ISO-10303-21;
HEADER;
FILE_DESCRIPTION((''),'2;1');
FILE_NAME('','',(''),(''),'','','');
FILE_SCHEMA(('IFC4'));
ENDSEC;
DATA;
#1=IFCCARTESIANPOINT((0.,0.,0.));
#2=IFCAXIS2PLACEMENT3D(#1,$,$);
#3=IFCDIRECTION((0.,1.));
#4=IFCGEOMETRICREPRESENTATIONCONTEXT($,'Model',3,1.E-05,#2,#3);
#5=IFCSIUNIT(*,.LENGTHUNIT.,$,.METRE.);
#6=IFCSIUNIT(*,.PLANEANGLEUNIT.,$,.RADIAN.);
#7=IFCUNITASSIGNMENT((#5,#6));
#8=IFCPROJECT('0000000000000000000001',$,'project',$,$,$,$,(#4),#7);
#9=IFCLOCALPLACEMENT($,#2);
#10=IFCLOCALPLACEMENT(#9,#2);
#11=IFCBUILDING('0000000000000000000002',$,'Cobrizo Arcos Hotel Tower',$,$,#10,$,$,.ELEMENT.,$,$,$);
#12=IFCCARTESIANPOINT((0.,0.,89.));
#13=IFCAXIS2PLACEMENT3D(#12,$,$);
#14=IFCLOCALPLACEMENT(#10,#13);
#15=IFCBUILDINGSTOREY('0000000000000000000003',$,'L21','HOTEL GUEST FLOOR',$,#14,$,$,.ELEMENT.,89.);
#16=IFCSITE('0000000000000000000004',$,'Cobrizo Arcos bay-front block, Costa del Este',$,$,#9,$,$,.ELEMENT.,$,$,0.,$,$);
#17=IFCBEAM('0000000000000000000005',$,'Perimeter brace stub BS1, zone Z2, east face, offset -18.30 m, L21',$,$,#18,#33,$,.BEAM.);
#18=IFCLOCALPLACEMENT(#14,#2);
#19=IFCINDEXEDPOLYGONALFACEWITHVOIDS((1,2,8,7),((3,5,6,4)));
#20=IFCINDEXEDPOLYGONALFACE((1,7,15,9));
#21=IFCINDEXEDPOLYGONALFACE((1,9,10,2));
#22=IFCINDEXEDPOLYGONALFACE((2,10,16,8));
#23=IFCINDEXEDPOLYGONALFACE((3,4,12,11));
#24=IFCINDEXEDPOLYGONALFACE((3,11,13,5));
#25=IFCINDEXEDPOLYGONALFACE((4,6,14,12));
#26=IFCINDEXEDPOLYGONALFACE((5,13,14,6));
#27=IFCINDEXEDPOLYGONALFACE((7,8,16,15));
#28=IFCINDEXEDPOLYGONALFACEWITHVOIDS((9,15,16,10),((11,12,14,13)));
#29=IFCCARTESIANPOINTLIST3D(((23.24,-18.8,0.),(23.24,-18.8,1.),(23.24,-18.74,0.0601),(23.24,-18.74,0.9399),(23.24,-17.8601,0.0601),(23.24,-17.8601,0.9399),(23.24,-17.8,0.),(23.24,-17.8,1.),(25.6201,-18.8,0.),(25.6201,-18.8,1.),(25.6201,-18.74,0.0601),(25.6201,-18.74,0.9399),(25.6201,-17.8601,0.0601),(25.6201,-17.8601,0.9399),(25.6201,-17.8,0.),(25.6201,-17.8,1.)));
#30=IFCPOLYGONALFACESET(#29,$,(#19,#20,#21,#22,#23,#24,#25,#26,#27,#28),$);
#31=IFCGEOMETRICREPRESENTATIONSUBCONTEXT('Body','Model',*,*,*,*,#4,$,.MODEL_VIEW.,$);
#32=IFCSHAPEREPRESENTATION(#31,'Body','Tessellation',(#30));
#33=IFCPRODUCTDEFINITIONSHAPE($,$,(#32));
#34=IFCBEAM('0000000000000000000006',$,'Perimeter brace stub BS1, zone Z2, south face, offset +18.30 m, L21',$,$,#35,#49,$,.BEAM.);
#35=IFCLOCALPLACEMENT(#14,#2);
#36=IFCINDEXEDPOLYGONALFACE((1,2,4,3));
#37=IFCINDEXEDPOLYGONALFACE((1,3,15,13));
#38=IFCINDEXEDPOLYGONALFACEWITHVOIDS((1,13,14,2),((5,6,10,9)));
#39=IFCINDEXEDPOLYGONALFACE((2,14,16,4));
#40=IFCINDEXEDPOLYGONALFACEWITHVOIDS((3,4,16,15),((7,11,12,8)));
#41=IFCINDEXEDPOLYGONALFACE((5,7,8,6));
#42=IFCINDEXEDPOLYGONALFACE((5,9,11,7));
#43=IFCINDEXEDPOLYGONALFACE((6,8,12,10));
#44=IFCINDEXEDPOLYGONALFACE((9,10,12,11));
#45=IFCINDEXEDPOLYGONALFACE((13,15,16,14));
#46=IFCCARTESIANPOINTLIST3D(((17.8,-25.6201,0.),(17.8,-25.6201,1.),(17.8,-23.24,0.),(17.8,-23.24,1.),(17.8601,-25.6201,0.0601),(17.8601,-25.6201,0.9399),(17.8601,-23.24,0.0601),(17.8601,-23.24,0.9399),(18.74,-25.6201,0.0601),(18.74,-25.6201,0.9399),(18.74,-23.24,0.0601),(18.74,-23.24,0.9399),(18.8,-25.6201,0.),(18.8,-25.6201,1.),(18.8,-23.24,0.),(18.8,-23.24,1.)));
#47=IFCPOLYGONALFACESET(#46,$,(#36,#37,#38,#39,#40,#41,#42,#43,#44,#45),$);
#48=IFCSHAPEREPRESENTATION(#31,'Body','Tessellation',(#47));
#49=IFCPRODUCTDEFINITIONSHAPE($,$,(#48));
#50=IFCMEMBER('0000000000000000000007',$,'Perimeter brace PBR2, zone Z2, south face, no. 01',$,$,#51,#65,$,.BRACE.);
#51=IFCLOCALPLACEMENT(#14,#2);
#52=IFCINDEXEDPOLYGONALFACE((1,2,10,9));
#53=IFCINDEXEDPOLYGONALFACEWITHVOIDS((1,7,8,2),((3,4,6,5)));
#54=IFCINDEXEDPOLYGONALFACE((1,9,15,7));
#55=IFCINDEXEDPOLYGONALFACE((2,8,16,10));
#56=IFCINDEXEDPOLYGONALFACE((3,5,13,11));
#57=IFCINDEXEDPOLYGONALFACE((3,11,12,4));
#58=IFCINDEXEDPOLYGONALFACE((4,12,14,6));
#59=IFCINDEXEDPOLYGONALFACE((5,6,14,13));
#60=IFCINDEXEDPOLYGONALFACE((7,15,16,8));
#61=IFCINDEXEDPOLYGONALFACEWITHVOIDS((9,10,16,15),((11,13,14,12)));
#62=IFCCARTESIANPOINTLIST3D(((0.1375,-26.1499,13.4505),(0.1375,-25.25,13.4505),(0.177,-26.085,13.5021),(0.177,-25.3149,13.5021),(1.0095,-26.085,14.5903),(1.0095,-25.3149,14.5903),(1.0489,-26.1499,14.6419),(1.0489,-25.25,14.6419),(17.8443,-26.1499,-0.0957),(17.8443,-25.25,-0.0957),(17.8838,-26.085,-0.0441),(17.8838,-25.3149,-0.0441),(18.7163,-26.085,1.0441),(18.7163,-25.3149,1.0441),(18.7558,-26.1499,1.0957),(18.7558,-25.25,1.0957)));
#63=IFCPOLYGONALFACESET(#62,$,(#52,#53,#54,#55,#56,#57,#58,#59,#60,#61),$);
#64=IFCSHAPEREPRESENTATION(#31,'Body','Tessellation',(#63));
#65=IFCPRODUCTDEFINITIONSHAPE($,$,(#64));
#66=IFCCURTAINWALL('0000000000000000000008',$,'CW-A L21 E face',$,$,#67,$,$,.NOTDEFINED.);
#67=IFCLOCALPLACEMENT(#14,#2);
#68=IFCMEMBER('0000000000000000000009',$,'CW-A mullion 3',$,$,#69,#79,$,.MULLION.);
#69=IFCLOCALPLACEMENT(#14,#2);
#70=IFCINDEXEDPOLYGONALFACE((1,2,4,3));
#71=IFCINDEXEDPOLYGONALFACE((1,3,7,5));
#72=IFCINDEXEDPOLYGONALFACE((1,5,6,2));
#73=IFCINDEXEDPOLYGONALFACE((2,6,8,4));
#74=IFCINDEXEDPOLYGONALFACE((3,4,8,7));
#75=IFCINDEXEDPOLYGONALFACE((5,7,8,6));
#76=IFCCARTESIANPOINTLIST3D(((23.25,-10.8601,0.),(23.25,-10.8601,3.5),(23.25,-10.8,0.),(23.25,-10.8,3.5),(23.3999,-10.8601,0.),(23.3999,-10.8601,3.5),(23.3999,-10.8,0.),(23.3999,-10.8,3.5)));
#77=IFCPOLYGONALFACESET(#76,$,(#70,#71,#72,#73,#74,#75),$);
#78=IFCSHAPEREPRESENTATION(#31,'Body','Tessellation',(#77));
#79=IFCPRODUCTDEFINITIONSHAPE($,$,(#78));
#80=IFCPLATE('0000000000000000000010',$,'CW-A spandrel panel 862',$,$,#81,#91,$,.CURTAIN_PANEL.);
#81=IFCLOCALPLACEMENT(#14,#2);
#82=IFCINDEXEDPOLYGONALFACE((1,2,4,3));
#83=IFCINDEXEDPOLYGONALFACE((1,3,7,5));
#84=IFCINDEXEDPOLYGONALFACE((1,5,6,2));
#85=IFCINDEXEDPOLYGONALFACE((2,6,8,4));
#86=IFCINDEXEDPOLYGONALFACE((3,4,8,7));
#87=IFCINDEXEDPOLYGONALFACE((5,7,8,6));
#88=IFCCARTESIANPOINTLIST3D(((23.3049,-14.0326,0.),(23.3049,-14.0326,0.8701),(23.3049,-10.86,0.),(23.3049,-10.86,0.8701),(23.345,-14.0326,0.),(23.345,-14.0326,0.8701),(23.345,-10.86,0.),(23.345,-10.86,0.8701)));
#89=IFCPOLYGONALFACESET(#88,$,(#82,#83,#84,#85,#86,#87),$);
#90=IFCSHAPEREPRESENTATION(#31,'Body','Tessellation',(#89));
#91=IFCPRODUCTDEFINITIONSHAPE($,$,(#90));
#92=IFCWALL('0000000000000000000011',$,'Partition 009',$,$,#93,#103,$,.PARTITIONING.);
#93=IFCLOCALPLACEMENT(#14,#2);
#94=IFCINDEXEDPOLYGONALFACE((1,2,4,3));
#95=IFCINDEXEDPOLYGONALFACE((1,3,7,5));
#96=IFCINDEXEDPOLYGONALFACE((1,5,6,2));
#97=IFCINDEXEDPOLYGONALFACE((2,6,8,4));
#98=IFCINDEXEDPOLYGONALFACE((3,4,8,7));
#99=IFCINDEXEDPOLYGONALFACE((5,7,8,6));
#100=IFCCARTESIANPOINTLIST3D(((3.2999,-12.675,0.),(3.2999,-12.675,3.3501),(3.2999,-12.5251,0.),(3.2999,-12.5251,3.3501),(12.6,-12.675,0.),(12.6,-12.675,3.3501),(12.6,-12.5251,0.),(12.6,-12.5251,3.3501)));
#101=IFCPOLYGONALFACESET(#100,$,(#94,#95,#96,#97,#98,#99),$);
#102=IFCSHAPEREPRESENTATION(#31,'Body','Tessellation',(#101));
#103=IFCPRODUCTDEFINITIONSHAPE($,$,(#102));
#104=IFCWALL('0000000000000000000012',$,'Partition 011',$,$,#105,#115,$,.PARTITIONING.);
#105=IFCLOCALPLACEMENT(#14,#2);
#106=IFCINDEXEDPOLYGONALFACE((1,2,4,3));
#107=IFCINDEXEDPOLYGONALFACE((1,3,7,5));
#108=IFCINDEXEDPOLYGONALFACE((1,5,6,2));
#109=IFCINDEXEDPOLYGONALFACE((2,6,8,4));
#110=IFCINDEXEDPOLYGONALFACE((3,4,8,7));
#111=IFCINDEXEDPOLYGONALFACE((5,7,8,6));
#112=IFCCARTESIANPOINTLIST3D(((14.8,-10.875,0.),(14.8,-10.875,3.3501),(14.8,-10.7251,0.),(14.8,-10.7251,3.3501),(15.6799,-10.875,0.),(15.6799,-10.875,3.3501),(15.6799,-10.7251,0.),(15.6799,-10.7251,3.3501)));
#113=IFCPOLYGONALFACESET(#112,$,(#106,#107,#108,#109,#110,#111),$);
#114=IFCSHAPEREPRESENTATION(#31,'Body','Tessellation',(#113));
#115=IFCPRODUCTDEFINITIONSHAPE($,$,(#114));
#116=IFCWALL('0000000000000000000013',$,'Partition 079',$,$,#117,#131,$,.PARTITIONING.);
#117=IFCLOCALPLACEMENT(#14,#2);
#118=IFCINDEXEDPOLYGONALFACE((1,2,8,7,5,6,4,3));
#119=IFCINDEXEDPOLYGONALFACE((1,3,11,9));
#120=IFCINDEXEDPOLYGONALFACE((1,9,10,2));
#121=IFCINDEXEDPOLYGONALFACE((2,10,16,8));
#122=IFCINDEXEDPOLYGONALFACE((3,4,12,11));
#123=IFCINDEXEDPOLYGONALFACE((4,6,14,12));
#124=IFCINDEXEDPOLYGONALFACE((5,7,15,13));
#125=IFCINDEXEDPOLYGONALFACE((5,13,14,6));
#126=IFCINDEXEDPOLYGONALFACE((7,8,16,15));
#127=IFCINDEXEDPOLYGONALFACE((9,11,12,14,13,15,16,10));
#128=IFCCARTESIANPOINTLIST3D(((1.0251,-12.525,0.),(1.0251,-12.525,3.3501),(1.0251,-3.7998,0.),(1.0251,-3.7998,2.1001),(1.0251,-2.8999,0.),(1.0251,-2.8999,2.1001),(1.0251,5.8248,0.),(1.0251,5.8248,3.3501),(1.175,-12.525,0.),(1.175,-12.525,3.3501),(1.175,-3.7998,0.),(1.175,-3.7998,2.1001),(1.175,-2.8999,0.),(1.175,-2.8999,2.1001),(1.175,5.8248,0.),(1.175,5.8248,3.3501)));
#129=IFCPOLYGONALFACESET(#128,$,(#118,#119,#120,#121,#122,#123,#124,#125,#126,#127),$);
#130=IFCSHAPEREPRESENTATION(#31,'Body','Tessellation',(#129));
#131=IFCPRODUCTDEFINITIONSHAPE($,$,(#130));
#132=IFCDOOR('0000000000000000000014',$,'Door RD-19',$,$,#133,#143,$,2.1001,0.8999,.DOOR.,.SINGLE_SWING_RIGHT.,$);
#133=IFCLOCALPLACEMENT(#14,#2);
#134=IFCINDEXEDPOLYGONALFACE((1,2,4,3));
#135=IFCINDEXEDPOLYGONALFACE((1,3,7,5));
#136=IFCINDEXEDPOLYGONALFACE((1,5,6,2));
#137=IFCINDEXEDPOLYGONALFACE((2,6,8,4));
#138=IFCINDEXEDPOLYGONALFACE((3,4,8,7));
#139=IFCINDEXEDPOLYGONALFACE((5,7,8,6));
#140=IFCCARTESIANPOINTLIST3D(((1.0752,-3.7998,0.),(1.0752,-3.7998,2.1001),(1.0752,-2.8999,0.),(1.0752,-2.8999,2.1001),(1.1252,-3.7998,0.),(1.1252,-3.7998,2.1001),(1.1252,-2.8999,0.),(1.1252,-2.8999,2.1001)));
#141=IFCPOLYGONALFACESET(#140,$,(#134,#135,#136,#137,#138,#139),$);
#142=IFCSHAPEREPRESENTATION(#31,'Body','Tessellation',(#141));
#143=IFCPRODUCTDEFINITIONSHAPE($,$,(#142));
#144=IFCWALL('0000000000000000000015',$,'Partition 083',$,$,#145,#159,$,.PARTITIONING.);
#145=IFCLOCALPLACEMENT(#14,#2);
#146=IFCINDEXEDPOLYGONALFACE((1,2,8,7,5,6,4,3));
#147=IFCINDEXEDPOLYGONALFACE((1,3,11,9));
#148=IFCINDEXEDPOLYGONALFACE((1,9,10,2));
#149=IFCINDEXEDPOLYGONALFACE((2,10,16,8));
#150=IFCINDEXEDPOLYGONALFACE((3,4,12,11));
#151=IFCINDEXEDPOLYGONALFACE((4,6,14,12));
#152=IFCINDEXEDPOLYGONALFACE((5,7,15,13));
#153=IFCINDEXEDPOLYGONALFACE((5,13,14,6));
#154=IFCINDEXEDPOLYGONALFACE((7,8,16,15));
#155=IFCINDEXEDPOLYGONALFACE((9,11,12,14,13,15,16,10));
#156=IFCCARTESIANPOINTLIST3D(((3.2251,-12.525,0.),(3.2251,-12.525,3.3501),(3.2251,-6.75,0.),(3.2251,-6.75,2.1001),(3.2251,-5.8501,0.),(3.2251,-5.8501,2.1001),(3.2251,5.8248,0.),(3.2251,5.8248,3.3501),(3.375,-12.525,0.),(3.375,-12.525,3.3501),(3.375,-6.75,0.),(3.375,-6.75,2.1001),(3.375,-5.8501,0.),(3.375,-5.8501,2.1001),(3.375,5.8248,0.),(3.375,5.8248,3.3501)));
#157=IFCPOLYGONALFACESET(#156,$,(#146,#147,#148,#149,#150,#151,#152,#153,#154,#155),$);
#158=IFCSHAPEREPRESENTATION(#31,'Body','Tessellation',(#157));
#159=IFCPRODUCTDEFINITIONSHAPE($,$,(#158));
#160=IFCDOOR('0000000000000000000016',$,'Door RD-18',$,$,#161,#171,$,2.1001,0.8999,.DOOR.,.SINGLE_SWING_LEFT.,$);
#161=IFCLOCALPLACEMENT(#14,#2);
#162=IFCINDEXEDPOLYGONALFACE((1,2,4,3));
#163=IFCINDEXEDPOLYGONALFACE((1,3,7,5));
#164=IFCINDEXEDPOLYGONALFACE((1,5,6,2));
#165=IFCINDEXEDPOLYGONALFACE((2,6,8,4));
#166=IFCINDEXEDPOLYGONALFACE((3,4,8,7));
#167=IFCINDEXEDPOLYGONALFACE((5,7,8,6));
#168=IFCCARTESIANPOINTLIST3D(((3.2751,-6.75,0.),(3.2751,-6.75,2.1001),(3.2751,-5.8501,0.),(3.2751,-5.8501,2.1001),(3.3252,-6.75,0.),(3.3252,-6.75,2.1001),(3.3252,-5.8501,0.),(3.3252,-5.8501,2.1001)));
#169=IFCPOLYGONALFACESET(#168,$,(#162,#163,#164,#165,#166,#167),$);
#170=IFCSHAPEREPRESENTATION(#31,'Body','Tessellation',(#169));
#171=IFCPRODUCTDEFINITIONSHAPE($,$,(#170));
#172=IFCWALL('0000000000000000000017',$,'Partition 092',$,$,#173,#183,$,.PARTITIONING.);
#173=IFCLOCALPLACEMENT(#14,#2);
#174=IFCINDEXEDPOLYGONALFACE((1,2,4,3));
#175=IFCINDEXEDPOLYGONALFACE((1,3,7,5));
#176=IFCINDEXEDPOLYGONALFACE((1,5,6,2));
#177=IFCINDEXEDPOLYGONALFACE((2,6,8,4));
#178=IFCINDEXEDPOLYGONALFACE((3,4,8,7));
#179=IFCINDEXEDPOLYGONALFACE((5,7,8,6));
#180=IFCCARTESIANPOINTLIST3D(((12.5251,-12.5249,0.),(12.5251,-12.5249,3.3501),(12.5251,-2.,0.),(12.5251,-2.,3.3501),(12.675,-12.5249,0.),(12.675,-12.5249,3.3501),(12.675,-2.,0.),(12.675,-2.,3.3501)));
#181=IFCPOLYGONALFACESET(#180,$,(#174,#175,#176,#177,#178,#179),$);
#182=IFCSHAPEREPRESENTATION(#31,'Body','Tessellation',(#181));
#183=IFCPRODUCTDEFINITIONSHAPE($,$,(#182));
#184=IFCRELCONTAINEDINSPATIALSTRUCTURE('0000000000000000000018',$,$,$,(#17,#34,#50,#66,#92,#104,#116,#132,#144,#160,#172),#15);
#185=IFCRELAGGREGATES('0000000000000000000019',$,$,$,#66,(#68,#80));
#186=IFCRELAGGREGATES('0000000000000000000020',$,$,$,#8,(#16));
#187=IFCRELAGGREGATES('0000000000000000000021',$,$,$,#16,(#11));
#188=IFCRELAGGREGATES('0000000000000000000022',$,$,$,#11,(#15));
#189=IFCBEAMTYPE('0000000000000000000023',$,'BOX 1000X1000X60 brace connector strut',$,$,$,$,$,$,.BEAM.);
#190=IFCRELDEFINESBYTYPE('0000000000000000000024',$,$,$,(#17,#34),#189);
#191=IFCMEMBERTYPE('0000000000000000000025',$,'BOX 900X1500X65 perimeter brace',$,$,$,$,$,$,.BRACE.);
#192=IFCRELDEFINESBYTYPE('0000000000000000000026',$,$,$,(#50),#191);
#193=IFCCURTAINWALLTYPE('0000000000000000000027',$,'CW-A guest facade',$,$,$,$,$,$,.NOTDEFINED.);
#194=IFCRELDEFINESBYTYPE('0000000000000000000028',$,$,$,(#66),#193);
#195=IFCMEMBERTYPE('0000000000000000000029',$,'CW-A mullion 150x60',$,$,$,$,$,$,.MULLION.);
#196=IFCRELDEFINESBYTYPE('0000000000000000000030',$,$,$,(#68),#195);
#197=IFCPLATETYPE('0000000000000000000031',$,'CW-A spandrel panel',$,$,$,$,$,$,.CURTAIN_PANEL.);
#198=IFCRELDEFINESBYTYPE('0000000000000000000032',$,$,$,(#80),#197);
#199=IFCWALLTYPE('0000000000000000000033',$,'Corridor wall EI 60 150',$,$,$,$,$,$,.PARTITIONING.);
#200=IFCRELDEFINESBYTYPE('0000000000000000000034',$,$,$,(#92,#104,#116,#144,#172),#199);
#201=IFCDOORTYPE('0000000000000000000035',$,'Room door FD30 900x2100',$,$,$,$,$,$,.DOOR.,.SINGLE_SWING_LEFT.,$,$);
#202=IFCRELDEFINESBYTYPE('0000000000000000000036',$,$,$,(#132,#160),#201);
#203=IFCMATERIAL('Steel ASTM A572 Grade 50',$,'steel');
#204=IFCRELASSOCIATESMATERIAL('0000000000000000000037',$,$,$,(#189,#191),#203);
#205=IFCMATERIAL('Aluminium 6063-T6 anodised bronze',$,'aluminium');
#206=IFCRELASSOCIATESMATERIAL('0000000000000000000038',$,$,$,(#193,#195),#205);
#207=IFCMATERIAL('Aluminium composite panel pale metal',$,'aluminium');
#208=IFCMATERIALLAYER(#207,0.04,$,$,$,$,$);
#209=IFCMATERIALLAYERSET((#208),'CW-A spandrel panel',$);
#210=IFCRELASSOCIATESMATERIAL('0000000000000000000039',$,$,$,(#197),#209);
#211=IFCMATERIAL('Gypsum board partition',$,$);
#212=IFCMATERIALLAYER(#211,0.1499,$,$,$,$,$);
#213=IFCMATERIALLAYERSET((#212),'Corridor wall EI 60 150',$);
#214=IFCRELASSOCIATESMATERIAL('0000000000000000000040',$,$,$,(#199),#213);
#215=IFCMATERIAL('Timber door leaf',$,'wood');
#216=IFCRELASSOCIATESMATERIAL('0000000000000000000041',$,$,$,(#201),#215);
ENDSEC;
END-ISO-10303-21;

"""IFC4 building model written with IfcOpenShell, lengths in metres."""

from ifc_helpers import new_model, si_unit, direction, frame, frame_2d, origin, origin_2d, place, context, subcontext, project, spatial, rectangle, hollow_rectangle, extrude, material, layer, layer_set, material_profile, profile_set, type_object, element, fill, aggregate, save


model = new_model("IFC4")

# Units and contexts
model_context = context("Model", 3, precision=1e-05, world=origin(), true_north=direction((0.0, 1.0)))
body_context = subcontext(model_context, "Body", "Model", "MODEL_VIEW")
ifc_project = project(units=[si_unit("LENGTHUNIT", "METRE"), si_unit("PLANEANGLEUNIT", "RADIAN")], contexts=[model_context])

# Site, building, storey
site_placement = place(None, origin())
site = spatial("IfcSite", under=ifc_project, at=site_placement, Name="Cobrizo Arcos bay-front block, Costa del Este", CompositionType="ELEMENT", RefElevation=0.0)
building_placement = place(site_placement, origin())
building = spatial("IfcBuilding", under=site, at=building_placement, Name="Cobrizo Arcos Hotel Tower", CompositionType="ELEMENT")
storey_placement = place(building_placement, frame((0.0, 0.0, 89.0)))
storey = spatial("IfcBuildingStorey", under=building, at=storey_placement, Name="L21", Description="HOTEL GUEST FLOOR", CompositionType="ELEMENT", Elevation=89.0)

# Beams
ifc_material_1 = material(Name="Steel ASTM A572 Grade 50", Category="steel")
ifc_material_profile_1 = material_profile(ifc_material_1, hollow_rectangle(XDim=1.0, YDim=1.0, WallThickness=0.0601, at=origin_2d()), Name="BOX 1000X1000X60")
ifc_profile_set_1 = profile_set([ifc_material_profile_1], Name="Steel ASTM A572 Grade 50")
beam_type = type_object("IfcBeamType", Name="BOX 1000X1000X60 brace connector strut", PredefinedType="BEAM", material=ifc_profile_set_1)
for number, where, z_axis, x_axis, name in (
    (1, (23.24, -18.3, 0.5), (1.0, 0.0, 0.0), (0.0, 1.0, 0.0), "Perimeter brace stub BS1, zone Z2, east face, offset -18.30 m, L21"),
    (2, (18.3, -23.24, 0.5), (0.0, -1.0, 0.0), (1.0, 0.0, 0.0), "Perimeter brace stub BS1, zone Z2, south face, offset +18.30 m, L21"),
):
    element("IfcBeam", number, at=place(storey_placement, frame(where, z_axis=z_axis, x_axis=x_axis)), inside=storey, type_object=beam_type, Name=name, PredefinedType="BEAM", context=body_context, shape_type="SweptSolid", body=[
        extrude(hollow_rectangle(XDim=1.0, YDim=1.0, WallThickness=0.0601, at=origin_2d()), origin(), (0.0, 0.0, 1.0), 2.3801),
    ])

# Member
ifc_material_profile_2 = material_profile(ifc_material_1, hollow_rectangle(XDim=0.8999, YDim=1.5, WallThickness=0.0649, at=origin_2d()), Name="BOX 900X1500X65")
ifc_profile_set_2 = profile_set([ifc_material_profile_2], Name="Steel ASTM A572 Grade 50")
member_type_1 = type_object("IfcMemberType", Name="BOX 900X1500X65 perimeter brace", PredefinedType="BRACE", material=ifc_profile_set_2)
member_1_placement = place(storey_placement, frame((18.3, -25.7, 0.5), z_axis=(-0.794235, 0.0, 0.60761), x_axis=(0.0, -1.0, 0.0)))
element("IfcMember", 3, at=member_1_placement, inside=storey, type_object=member_type_1, Name="Perimeter brace PBR2, zone Z2, south face, no. 01", PredefinedType="BRACE", context=body_context, shape_type="SweptSolid", body=[
    extrude(hollow_rectangle(XDim=0.8999, YDim=1.5, WallThickness=0.0649, at=origin_2d()), origin(), (0.0, 0.0, 1.0), 22.2942),
])

# Curtain wall, member, plate
ifc_material_2 = material(Name="Aluminium 6063-T6 anodised bronze", Category="aluminium")
curtain_wall_type = type_object("IfcCurtainWallType", Name="CW-A guest facade", PredefinedType="NOTDEFINED", material=ifc_material_2)
curtain_wall_placement = place(storey_placement, origin())
curtain_wall = element("IfcCurtainWall", 4, at=curtain_wall_placement, inside=storey, type_object=curtain_wall_type, Name="CW-A L21 E face", PredefinedType="NOTDEFINED")
ifc_material_profile_3 = material_profile(ifc_material_2, rectangle(XDim=0.1499, YDim=0.0601, at=origin_2d()), Name="CW-A mullion 150x60")
ifc_profile_set_3 = profile_set([ifc_material_profile_3], Name="Aluminium 6063-T6 anodised bronze")
member_type_2 = type_object("IfcMemberType", Name="CW-A mullion 150x60", PredefinedType="MULLION", material=ifc_profile_set_3)
member_2_placement = place(storey_placement, frame((23.325, -10.8301, 0.0), z_axis=(0.0, 0.0, 1.0), x_axis=(1.0, 0.0, 0.0)))
member_2 = element("IfcMember", 5, at=member_2_placement, type_object=member_type_2, Name="CW-A mullion 3", PredefinedType="MULLION", context=body_context, shape_type="SweptSolid", body=[
    extrude(rectangle(XDim=0.1499, YDim=0.0601, at=origin_2d()), origin(), (0.0, 0.0, 1.0), 3.5),
])
ifc_material_3 = material(Name="Aluminium composite panel pale metal", Category="aluminium")
ifc_layer_1 = layer(ifc_material_3, 0.04)
ifc_layer_set_1 = layer_set([ifc_layer_1], Name="CW-A spandrel panel")
plate_type = type_object("IfcPlateType", Name="CW-A spandrel panel", PredefinedType="CURTAIN_PANEL", material=ifc_layer_set_1)
plate_placement = place(storey_placement, frame((23.325, -12.4463, 0.0), z_axis=(0.0, 0.0, 1.0), x_axis=(0.0, 1.0, 0.0)))
plate = element("IfcPlate", 6, at=plate_placement, type_object=plate_type, Name="CW-A spandrel panel 862", PredefinedType="CURTAIN_PANEL", context=body_context, shape_type="SweptSolid", body=[
    extrude(rectangle(XDim=3.1726, YDim=0.04, at=origin_2d()), origin(), (0.0, 0.0, 1.0), 0.8701),
])
aggregate(curtain_wall, [member_2, plate])

# Walls
ifc_material_4 = material(Name="Gypsum board partition")
ifc_layer_2 = layer(ifc_material_4, 0.1499)
ifc_layer_set_2 = layer_set([ifc_layer_2], Name="Corridor wall EI 60 150")
wall_type_1 = type_object("IfcWallType", Name="Corridor wall EI 60 150", PredefinedType="PARTITIONING", material=ifc_layer_set_2)
wall_1_placement = place(storey_placement, frame((3.3, -12.6001, 0.0), z_axis=(0.0, 0.0, 1.0), x_axis=(1.0, 0.0, 0.0)))
element("IfcWall", 7, at=wall_1_placement, inside=storey, type_object=wall_type_1, Name="Partition 009", PredefinedType="PARTITIONING", context=body_context, shape_type="SweptSolid", body=[
    extrude(rectangle(XDim=9.3, YDim=0.1499, at=frame_2d((4.6499, 0.0))), origin(), (0.0, 0.0, 1.0), 3.3501),
])
wall_2_placement = place(storey_placement, frame((14.8, -10.8, 0.0), z_axis=(0.0, 0.0, 1.0), x_axis=(1.0, 0.0, 0.0)))
element("IfcWall", 8, at=wall_2_placement, inside=storey, type_object=wall_type_1, Name="Partition 011", PredefinedType="PARTITIONING", context=body_context, shape_type="SweptSolid", body=[
    extrude(rectangle(XDim=0.8799, YDim=0.1499, at=frame_2d((0.4399, 0.0))), origin(), (0.0, 0.0, 1.0), 3.3501),
])

# Walls, openings, doors
wall_3_placement = place(storey_placement, frame((1.1001, -12.5249, 0.0), z_axis=(0.0, 0.0, 1.0), x_axis=(0.0, 1.0, 0.0)))
wall_3 = element("IfcWall", 9, at=wall_3_placement, inside=storey, type_object=wall_type_1, Name="Partition 079", PredefinedType="PARTITIONING", context=body_context, shape_type="SweptSolid", body=[
    extrude(rectangle(XDim=18.3499, YDim=0.1499, at=frame_2d((9.1748, 0.0))), origin(), (0.0, 0.0, 1.0), 3.3501),
])
opening_1_placement = place(wall_3_placement, frame((8.7251, 0.0, 0.0)))
opening_1 = element("IfcOpeningElement", 10, at=opening_1_placement, cuts=wall_3, PredefinedType="OPENING", context=body_context, shape_type="SweptSolid", body=[
    extrude(rectangle(XDim=0.8999, YDim=2.1001, at=frame_2d((0.45, 1.05))), frame((0.0, 0.0869, 0.0), z_axis=(0.0, -1.0, 0.0), x_axis=(1.0, 0.0, 0.0)), (0.0, 0.0, 1.0), 0.1738),
])
ifc_material_5 = material(Name="Timber door leaf", Category="wood")
door_type_1 = type_object("IfcDoorType", Name="Room door FD30 900x2100", OperationType="SINGLE_SWING_LEFT", PredefinedType="DOOR", material=ifc_material_5)
door_1_placement = place(opening_1_placement, origin())
door_1 = element("IfcDoor", 11, at=door_1_placement, inside=storey, type_object=door_type_1, Name="Door RD-19", OperationType="SINGLE_SWING_RIGHT", OverallHeight=2.1001, OverallWidth=0.8999, PredefinedType="DOOR", context=body_context, shape_type="SweptSolid", body=[
    extrude(rectangle(XDim=0.8999, YDim=2.1001, at=frame_2d((0.45, 1.05))), frame((0.0, 0.0249, 0.0), z_axis=(0.0, -1.0, 0.0), x_axis=(1.0, 0.0, 0.0)), (0.0, 0.0, 1.0), 0.05),
])
fill(opening_1, door_1)
wall_4_placement = place(storey_placement, frame((3.3, -12.5249, 0.0), z_axis=(0.0, 0.0, 1.0), x_axis=(0.0, 1.0, 0.0)))
wall_4 = element("IfcWall", 12, at=wall_4_placement, inside=storey, type_object=wall_type_1, Name="Partition 083", PredefinedType="PARTITIONING", context=body_context, shape_type="SweptSolid", body=[
    extrude(rectangle(XDim=18.3499, YDim=0.1499, at=frame_2d((9.1748, 0.0))), origin(), (0.0, 0.0, 1.0), 3.3501),
])
opening_2_placement = place(wall_4_placement, frame((5.7749, 0.0, 0.0)))
opening_2 = element("IfcOpeningElement", 13, at=opening_2_placement, cuts=wall_4, PredefinedType="OPENING", context=body_context, shape_type="SweptSolid", body=[
    extrude(rectangle(XDim=0.8999, YDim=2.1001, at=frame_2d((0.45, 1.05))), frame((0.0, 0.0869, 0.0), z_axis=(0.0, -1.0, 0.0), x_axis=(1.0, 0.0, 0.0)), (0.0, 0.0, 1.0), 0.1738),
])
door_2_placement = place(opening_2_placement, origin())
door_2 = element("IfcDoor", 14, at=door_2_placement, inside=storey, type_object=door_type_1, Name="Door RD-18", OperationType="SINGLE_SWING_LEFT", OverallHeight=2.1001, OverallWidth=0.8999, PredefinedType="DOOR", context=body_context, shape_type="SweptSolid", body=[
    extrude(rectangle(XDim=0.8999, YDim=2.1001, at=frame_2d((0.45, 1.05))), frame((0.0, 0.0249, 0.0), z_axis=(0.0, -1.0, 0.0), x_axis=(1.0, 0.0, 0.0)), (0.0, 0.0, 1.0), 0.05),
])
fill(opening_2, door_2)

# Wall
wall_5_placement = place(storey_placement, frame((12.6001, -12.5249, 0.0), z_axis=(0.0, 0.0, 1.0), x_axis=(0.0, 1.0, 0.0)))
element("IfcWall", 15, at=wall_5_placement, inside=storey, type_object=wall_type_1, Name="Partition 092", PredefinedType="PARTITIONING", context=body_context, shape_type="SweptSolid", body=[
    extrude(rectangle(XDim=10.5249, YDim=0.1499, at=frame_2d((5.2625, 0.0))), origin(), (0.0, 0.0, 1.0), 3.3501),
])

save(model, "model.ifc")
